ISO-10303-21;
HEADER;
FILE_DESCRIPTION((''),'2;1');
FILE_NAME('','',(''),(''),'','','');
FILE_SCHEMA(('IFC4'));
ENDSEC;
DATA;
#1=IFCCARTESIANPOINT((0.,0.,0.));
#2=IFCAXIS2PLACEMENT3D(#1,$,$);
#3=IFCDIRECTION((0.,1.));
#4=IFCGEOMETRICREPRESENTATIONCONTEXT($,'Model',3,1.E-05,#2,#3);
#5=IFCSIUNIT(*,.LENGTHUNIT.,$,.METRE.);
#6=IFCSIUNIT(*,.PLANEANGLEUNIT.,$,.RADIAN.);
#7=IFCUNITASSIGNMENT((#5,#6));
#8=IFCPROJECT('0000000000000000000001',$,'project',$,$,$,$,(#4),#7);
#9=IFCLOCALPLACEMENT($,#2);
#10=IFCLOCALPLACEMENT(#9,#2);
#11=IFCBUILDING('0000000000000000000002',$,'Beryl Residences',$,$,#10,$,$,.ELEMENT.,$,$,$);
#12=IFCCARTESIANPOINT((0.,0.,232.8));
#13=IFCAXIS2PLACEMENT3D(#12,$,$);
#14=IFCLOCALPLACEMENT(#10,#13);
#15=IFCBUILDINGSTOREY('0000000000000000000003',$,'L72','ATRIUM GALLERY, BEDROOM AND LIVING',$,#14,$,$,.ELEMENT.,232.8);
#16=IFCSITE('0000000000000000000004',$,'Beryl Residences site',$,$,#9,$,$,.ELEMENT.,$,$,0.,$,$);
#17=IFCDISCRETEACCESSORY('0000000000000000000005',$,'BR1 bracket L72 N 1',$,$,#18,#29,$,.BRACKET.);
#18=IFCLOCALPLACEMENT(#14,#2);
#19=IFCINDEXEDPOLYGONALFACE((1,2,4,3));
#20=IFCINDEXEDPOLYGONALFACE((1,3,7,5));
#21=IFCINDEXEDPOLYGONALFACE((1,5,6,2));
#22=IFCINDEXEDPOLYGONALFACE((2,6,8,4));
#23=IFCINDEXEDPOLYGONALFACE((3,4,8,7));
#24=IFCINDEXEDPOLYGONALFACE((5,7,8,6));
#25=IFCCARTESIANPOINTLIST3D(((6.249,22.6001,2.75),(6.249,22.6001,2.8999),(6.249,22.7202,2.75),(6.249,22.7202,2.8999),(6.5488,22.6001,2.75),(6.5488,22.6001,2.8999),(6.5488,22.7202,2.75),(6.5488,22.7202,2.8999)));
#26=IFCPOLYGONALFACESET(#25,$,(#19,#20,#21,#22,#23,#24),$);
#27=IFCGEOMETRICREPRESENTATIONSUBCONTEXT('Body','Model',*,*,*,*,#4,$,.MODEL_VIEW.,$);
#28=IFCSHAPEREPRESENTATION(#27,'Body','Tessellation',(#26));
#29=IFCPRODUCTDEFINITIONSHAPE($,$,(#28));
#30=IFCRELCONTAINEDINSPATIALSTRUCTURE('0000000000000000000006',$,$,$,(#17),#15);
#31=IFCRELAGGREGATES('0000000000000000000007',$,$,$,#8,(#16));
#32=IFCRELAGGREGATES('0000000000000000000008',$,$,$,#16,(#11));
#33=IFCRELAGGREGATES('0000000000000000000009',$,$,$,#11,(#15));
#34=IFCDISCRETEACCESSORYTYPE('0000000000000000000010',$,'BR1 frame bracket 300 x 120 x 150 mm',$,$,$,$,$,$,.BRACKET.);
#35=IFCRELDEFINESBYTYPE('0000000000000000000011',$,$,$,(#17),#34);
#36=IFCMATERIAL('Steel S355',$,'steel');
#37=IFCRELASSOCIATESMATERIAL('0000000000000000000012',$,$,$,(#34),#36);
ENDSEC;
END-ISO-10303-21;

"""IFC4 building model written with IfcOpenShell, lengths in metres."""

from ifc_helpers import new_model, si_unit, direction, frame, origin, place, context, subcontext, project, spatial, polyline, outline, extrude, source, transform, mapped, material, type_object, type_shapes, element, save


model = new_model("IFC4")

# Units and contexts
model_context = context("Model", 3, precision=1e-05, world=origin(), true_north=direction((0.0, 1.0)))
body_context = subcontext(model_context, "Body", "Model", "MODEL_VIEW")
ifc_project = project(units=[si_unit("LENGTHUNIT", "METRE"), si_unit("PLANEANGLEUNIT", "RADIAN")], contexts=[model_context])

# Site, building, storey
site_placement = place(None, origin())
site = spatial("IfcSite", under=ifc_project, at=site_placement, Name="Beryl Residences site", CompositionType="ELEMENT", RefElevation=0.0)
building_placement = place(site_placement, origin())
building = spatial("IfcBuilding", under=site, at=building_placement, Name="Beryl Residences", CompositionType="ELEMENT")
storey_placement = place(building_placement, frame((0.0, 0.0, 232.8)))
storey = spatial("IfcBuildingStorey", under=building, at=storey_placement, Name="L72", Description="ATRIUM GALLERY, BEDROOM AND LIVING", CompositionType="ELEMENT", Elevation=232.8)

# Discrete accessory
ifc_material_1 = material(Name="Steel S355", Category="steel")
discrete_accessory_type = type_object("IfcDiscreteAccessoryType", Name="BR1 frame bracket 300 x 120 x 150 mm", PredefinedType="BRACKET", material=ifc_material_1)
shared_shape_1 = source(origin(), body_context, "Body", "SweptSolid", [
    extrude(outline(polyline([(-0.1499, 0.0), (0.1499, 0.0), (0.1499, 0.1201), (-0.1499, 0.1201), (-0.1499, 0.0)])), origin(), (0.0, 0.0, 1.0), 0.1499),
])
type_shapes(discrete_accessory_type, [shared_shape_1])
discrete_accessory_placement = place(storey_placement, frame((6.3989, 22.6001, 2.75), z_axis=(0.0, 0.0, 1.0), x_axis=(1.0, 0.0, 0.0)))
element("IfcDiscreteAccessory", 1, at=discrete_accessory_placement, inside=storey, type_object=discrete_accessory_type, Name="BR1 bracket L72 N 1", PredefinedType="BRACKET", context=body_context, shape_type="MappedRepresentation", body=[
    mapped(shared_shape_1, transform((0.0, 0.0, 0.0))),
])

save(model, "model.ifc")
